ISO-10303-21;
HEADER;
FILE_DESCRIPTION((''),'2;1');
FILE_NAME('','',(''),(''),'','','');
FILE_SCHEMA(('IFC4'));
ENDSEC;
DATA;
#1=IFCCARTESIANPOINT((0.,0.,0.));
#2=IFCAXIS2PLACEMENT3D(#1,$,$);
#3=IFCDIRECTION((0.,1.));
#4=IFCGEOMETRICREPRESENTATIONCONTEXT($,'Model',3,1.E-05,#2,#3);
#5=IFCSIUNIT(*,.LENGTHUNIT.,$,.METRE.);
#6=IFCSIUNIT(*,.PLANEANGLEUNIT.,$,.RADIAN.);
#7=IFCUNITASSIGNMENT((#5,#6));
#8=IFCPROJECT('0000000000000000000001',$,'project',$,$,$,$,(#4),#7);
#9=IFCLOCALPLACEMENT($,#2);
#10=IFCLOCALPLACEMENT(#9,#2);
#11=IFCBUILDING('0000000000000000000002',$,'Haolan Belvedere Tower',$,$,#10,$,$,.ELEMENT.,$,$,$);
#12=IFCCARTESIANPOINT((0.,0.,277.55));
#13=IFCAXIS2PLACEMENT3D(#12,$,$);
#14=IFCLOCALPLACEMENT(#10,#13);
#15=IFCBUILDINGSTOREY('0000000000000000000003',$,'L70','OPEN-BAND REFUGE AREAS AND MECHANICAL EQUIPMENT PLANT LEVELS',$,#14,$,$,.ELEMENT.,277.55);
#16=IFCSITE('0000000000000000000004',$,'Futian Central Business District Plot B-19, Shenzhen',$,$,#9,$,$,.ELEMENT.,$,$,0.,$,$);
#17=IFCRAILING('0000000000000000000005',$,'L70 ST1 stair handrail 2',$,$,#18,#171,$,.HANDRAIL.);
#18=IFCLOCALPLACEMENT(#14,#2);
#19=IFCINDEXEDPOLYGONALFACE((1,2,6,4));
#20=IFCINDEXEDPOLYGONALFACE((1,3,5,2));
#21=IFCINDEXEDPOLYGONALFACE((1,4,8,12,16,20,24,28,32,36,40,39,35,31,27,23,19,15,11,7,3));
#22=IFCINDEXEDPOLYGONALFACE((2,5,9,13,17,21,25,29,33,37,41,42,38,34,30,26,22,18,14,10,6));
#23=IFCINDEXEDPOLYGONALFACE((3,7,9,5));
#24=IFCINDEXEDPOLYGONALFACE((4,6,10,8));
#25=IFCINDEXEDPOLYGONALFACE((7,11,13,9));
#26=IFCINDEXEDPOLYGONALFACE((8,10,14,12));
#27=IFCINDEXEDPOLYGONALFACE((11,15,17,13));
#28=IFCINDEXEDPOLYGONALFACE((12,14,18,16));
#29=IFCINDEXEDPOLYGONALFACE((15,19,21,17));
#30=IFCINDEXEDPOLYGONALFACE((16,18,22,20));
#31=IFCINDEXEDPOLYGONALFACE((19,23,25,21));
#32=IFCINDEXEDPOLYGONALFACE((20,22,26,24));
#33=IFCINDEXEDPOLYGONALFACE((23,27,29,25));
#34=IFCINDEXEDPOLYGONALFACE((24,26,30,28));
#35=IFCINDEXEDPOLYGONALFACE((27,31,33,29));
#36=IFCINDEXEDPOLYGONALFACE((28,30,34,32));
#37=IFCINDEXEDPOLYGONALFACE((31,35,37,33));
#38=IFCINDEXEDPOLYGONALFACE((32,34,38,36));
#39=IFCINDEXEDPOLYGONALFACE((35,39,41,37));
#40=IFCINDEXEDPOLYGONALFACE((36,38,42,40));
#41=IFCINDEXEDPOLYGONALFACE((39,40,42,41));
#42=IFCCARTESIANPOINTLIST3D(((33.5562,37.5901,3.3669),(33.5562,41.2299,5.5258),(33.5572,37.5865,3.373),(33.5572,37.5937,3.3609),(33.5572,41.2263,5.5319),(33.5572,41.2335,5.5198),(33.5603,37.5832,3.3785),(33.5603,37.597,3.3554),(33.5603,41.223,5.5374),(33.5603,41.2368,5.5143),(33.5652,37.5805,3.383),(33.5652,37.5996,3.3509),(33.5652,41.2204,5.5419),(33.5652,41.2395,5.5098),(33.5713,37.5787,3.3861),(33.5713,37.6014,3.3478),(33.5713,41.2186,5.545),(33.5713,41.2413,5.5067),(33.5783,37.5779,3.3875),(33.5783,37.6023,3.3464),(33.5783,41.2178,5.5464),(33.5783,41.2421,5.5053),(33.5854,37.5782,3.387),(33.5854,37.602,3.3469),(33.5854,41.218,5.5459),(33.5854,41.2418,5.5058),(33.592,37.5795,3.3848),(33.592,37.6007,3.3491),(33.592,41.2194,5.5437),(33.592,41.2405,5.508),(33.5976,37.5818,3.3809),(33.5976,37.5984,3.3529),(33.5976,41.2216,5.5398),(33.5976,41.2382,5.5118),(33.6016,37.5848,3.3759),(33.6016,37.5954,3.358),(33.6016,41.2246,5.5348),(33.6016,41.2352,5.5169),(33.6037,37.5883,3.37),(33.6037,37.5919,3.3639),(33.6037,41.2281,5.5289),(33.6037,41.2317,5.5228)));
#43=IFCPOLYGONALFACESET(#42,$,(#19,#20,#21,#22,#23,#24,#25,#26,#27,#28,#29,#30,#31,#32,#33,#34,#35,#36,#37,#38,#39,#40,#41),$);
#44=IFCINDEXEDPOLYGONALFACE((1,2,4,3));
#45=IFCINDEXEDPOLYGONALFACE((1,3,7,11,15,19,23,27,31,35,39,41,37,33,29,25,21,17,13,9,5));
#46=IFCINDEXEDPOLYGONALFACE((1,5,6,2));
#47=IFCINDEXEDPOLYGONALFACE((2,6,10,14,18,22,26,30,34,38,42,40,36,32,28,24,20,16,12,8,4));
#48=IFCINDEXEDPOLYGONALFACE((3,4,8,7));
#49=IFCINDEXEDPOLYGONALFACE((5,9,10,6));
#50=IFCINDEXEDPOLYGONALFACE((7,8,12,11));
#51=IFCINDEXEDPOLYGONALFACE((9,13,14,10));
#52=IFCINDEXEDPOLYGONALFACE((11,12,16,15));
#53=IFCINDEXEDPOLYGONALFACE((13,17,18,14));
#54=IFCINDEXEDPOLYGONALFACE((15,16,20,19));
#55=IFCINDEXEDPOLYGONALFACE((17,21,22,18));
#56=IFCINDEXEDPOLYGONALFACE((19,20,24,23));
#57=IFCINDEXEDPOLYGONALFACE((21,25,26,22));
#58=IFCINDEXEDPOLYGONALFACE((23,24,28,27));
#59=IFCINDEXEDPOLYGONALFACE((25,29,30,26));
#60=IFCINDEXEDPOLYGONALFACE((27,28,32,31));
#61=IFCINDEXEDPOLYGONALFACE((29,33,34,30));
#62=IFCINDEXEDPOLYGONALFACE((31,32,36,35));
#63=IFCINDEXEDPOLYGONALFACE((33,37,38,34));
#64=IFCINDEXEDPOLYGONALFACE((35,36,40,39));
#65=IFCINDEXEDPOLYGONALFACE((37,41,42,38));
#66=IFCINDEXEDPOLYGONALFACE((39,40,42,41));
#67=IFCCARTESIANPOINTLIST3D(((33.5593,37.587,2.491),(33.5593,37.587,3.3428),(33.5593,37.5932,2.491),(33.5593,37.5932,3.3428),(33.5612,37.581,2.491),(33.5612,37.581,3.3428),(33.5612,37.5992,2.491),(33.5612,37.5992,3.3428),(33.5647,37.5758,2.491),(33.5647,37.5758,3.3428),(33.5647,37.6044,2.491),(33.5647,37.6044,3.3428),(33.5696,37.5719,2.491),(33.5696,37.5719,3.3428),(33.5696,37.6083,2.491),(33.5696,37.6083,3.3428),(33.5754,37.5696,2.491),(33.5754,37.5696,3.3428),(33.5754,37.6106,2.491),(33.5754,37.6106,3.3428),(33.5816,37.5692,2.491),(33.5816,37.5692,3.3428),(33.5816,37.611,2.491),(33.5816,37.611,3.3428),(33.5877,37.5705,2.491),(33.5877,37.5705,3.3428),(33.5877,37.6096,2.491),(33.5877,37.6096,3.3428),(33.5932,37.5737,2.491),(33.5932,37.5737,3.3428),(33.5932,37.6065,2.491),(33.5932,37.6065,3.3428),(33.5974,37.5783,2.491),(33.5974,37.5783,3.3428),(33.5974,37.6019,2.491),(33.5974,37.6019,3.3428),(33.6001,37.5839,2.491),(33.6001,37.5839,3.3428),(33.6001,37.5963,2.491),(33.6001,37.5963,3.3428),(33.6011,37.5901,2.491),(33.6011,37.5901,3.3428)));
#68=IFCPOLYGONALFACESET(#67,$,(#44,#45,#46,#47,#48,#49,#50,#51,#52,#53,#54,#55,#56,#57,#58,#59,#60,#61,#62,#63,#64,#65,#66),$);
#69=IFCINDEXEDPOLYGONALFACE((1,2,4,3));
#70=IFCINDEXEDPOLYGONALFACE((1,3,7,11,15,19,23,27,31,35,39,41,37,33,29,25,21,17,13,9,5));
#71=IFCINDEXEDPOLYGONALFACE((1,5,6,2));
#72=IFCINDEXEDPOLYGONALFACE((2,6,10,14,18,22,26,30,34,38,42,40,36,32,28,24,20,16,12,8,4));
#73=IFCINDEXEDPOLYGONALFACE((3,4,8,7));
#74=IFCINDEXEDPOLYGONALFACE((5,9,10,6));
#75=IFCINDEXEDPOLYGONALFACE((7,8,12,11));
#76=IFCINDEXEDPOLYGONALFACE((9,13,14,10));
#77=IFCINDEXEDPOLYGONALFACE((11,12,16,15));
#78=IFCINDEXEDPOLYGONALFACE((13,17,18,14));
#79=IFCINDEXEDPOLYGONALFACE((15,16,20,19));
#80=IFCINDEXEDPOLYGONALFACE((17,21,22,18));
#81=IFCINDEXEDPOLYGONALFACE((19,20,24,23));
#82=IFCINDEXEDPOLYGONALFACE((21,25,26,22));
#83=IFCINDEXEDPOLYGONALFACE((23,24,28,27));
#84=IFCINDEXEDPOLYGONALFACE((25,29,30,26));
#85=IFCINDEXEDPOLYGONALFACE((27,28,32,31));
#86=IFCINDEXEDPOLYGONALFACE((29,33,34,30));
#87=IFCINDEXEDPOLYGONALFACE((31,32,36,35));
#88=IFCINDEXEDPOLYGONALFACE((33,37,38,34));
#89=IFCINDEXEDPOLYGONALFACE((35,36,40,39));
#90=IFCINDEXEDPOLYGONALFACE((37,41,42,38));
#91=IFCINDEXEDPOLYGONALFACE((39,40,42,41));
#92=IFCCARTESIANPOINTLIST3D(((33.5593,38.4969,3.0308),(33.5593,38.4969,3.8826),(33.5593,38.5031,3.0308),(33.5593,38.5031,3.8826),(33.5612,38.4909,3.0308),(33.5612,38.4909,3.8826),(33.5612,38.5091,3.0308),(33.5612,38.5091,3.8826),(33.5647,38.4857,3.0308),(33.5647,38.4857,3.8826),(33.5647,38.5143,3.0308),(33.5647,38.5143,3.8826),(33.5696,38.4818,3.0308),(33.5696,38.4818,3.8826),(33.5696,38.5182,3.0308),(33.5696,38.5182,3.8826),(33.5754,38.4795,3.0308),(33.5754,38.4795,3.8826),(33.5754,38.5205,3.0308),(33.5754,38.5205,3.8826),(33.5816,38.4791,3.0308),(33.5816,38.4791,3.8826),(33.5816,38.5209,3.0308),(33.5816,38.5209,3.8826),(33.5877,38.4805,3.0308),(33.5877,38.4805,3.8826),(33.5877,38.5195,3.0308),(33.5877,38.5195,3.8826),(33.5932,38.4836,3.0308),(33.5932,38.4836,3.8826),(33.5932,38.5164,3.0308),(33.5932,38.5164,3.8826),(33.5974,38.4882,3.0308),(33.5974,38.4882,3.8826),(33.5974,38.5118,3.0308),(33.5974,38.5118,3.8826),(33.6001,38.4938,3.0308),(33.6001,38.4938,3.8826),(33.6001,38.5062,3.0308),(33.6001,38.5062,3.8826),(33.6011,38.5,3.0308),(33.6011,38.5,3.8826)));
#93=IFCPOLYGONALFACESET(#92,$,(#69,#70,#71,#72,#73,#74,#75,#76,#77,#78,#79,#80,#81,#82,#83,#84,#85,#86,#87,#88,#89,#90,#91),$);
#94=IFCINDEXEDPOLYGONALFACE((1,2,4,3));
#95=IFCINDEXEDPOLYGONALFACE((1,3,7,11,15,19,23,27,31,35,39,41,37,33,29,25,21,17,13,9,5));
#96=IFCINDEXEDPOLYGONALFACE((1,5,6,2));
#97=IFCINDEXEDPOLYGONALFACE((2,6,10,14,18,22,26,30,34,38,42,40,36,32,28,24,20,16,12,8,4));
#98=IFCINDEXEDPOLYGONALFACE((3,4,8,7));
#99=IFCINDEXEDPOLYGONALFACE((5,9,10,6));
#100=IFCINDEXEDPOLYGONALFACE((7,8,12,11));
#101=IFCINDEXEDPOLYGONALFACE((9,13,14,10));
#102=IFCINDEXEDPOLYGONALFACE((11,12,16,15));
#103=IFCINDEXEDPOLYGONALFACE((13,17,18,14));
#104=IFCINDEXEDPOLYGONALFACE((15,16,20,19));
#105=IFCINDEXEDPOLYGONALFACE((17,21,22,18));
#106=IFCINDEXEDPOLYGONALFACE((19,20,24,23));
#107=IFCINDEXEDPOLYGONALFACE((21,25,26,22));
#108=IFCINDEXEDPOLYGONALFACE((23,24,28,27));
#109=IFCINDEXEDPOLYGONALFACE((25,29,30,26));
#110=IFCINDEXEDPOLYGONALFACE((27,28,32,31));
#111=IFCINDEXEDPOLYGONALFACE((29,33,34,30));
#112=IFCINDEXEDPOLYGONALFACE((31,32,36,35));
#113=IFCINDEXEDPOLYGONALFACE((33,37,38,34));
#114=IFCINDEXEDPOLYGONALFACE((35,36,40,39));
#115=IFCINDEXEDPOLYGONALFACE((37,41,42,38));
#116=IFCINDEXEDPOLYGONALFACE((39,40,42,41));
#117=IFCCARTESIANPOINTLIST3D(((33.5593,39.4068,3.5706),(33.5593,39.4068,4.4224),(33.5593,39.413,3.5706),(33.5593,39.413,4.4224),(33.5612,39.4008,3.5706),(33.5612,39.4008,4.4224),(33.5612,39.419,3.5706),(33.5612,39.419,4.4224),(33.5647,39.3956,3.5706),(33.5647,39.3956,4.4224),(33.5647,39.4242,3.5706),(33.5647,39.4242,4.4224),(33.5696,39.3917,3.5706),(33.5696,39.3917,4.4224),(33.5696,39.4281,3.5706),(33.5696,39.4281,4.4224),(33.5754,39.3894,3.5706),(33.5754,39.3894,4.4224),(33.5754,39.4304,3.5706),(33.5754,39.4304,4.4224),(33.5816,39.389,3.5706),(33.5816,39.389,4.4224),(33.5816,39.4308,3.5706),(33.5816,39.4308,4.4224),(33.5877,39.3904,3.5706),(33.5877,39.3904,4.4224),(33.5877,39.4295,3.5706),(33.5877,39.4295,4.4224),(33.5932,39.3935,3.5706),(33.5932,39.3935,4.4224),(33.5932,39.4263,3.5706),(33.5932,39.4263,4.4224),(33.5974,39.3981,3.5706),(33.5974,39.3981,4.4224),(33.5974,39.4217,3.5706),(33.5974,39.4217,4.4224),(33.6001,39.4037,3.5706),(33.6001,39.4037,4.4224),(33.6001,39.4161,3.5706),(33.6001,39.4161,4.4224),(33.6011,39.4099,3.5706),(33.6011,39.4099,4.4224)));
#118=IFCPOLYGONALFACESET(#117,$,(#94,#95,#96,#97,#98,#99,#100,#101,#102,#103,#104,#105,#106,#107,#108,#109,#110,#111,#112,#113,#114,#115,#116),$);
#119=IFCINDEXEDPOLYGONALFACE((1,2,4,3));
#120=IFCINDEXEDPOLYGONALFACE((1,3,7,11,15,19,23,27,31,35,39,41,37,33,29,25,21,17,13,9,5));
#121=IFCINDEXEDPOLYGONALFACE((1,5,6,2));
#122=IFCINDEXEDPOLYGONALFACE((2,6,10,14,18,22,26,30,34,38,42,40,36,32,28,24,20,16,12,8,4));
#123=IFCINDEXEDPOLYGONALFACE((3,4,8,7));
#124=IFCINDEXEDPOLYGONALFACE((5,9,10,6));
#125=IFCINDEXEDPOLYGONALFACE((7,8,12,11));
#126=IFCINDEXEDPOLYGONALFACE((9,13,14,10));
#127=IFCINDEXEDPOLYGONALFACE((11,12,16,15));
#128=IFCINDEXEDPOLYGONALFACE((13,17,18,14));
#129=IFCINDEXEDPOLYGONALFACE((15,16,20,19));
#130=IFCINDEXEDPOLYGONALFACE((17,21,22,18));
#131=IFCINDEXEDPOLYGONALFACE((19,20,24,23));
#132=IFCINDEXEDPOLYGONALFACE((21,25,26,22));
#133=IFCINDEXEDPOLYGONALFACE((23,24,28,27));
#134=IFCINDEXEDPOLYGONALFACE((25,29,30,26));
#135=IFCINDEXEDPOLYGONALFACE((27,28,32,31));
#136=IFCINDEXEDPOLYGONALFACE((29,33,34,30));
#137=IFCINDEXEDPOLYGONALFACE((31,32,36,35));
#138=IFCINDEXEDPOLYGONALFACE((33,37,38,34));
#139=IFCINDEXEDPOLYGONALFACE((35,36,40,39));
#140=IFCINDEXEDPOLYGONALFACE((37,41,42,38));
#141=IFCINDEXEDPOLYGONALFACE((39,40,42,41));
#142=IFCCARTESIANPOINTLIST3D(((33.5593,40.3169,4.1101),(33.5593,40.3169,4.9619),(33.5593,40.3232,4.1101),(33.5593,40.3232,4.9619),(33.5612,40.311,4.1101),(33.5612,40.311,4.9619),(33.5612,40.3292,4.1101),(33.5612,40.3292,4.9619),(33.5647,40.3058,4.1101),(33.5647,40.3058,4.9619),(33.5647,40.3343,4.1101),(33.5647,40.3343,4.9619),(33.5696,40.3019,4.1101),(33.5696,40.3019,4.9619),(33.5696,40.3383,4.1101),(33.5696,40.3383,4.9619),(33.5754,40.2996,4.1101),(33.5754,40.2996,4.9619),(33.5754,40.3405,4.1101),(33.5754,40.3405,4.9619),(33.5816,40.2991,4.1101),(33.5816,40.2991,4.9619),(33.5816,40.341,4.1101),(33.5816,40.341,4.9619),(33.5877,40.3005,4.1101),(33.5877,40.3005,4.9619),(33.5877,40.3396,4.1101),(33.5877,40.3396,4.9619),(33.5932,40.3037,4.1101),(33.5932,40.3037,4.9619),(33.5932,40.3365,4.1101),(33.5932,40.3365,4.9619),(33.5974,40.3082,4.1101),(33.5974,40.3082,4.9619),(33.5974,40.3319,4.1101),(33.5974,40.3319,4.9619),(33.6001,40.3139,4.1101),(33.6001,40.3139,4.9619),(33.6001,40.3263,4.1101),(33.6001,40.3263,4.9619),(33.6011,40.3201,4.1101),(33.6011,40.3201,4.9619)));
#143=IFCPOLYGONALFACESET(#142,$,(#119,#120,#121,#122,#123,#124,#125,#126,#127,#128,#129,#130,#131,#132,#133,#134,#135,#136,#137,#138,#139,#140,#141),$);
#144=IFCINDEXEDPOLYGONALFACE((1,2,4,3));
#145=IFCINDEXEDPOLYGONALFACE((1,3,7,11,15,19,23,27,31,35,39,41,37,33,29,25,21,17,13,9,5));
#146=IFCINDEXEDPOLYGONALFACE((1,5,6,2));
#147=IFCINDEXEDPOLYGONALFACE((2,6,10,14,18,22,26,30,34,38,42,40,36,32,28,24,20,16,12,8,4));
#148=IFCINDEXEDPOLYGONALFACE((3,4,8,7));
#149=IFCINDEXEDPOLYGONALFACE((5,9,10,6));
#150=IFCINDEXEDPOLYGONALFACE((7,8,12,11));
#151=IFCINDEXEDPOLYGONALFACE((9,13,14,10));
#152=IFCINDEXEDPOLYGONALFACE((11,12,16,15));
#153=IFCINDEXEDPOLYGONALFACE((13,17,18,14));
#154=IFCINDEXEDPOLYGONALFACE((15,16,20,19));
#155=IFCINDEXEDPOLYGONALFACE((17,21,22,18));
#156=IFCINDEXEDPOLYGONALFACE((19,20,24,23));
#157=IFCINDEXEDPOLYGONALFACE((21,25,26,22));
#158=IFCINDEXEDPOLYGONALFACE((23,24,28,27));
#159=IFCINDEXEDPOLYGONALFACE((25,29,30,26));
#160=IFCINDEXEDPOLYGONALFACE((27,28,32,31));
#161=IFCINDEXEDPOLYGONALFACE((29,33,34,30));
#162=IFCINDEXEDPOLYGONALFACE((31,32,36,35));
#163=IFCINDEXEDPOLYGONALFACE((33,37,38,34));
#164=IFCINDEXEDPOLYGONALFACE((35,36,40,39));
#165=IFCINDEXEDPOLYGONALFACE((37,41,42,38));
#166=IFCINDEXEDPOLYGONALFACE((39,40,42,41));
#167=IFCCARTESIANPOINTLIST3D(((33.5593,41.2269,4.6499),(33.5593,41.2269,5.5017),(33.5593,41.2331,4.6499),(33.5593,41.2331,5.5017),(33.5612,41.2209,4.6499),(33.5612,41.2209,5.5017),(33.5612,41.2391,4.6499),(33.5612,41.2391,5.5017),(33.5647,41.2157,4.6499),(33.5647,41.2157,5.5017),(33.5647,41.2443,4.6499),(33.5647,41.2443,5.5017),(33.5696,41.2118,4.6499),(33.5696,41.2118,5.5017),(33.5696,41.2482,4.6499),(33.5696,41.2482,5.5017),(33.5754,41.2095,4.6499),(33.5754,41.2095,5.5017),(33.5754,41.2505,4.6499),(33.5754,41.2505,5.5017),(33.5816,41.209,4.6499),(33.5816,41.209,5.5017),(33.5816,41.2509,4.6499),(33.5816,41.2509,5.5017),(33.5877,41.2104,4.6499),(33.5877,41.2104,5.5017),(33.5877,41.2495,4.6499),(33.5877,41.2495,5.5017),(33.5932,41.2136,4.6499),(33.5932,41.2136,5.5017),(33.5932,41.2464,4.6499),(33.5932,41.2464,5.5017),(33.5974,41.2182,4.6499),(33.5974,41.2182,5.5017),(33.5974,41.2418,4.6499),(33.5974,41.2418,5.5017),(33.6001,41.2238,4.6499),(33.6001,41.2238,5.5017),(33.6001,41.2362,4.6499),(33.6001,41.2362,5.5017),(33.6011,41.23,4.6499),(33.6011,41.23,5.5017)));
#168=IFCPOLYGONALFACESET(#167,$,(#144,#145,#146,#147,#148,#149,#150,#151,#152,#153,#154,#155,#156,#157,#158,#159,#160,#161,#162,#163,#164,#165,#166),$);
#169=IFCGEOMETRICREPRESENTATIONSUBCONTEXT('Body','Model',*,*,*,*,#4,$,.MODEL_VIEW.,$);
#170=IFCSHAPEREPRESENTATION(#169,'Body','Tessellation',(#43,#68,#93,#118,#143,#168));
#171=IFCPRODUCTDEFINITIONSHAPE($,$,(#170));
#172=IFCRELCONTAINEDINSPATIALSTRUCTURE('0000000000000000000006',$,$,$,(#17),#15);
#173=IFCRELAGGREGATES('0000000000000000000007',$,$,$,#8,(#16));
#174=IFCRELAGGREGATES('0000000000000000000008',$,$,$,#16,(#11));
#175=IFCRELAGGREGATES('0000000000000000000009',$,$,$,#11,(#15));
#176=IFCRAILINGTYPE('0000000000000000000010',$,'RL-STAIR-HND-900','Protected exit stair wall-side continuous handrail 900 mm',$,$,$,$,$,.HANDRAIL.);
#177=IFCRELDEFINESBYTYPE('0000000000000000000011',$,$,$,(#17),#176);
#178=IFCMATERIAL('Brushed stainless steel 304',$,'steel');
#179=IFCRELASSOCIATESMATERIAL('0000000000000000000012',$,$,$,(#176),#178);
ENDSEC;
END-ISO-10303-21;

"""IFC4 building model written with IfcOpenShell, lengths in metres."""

from ifc_helpers import new_model, si_unit, direction, frame, origin, origin_2d, place, context, subcontext, project, spatial, circle, extrude, material, type_object, element, save


model = new_model("IFC4")

# Units and contexts
model_context = context("Model", 3, precision=1e-05, world=origin(), true_north=direction((0.0, 1.0)))
body_context = subcontext(model_context, "Body", "Model", "MODEL_VIEW")
ifc_project = project(units=[si_unit("LENGTHUNIT", "METRE"), si_unit("PLANEANGLEUNIT", "RADIAN")], contexts=[model_context])

# Site, building, storey
site_placement = place(None, origin())
site = spatial("IfcSite", under=ifc_project, at=site_placement, Name="Futian Central Business District Plot B-19, Shenzhen", CompositionType="ELEMENT", RefElevation=0.0)
building_placement = place(site_placement, origin())
building = spatial("IfcBuilding", under=site, at=building_placement, Name="Haolan Belvedere Tower", CompositionType="ELEMENT")
storey_placement = place(building_placement, frame((0.0, 0.0, 277.55)))
storey = spatial("IfcBuildingStorey", under=building, at=storey_placement, Name="L70", Description="OPEN-BAND REFUGE AREAS AND MECHANICAL EQUIPMENT PLANT LEVELS", CompositionType="ELEMENT", Elevation=277.55)

# Railing
ifc_material_1 = material(Name="Brushed stainless steel 304", Category="steel")
railing_type_1 = type_object("IfcRailingType", Name="RL-STAIR-HND-900", Description="Protected exit stair wall-side continuous handrail 900 mm", PredefinedType="HANDRAIL", material=ifc_material_1)
for number, where, name in (
    (1, (33.5801, 37.5901, 2.491), "L70 ST1 stair handrail 2"),
):
    element("IfcRailing", number, at=place(storey_placement, frame(where)), inside=storey, type_object=railing_type_1, Name=name, PredefinedType="HANDRAIL", context=body_context, shape_type="SweptSolid", body=[
        extrude(circle(Radius=0.0239, at=origin_2d()), frame((0.0, 0.0, 0.876), z_axis=(0.0, 0.860088, 0.510145), x_axis=(-1.0, 0.0, 0.0)), (0.0, 0.0, 1.0), 4.2319),
        extrude(circle(Radius=0.021, at=origin_2d()), origin(), (0.0, 0.0, 1.0), 0.8518),
        extrude(circle(Radius=0.021, at=origin_2d()), frame((0.0, 0.9099, 0.5398)), (0.0, 0.0, 1.0), 0.8518),
        extrude(circle(Radius=0.021, at=origin_2d()), frame((0.0, 1.8198, 1.0796)), (0.0, 0.0, 1.0), 0.8518),
        extrude(circle(Radius=0.021, at=origin_2d()), frame((0.0, 2.73, 1.6191)), (0.0, 0.0, 1.0), 0.8518),
        extrude(circle(Radius=0.021, at=origin_2d()), frame((0.0, 3.6399, 2.1589)), (0.0, 0.0, 1.0), 0.8518),
    ])

save(model, "model.ifc")
